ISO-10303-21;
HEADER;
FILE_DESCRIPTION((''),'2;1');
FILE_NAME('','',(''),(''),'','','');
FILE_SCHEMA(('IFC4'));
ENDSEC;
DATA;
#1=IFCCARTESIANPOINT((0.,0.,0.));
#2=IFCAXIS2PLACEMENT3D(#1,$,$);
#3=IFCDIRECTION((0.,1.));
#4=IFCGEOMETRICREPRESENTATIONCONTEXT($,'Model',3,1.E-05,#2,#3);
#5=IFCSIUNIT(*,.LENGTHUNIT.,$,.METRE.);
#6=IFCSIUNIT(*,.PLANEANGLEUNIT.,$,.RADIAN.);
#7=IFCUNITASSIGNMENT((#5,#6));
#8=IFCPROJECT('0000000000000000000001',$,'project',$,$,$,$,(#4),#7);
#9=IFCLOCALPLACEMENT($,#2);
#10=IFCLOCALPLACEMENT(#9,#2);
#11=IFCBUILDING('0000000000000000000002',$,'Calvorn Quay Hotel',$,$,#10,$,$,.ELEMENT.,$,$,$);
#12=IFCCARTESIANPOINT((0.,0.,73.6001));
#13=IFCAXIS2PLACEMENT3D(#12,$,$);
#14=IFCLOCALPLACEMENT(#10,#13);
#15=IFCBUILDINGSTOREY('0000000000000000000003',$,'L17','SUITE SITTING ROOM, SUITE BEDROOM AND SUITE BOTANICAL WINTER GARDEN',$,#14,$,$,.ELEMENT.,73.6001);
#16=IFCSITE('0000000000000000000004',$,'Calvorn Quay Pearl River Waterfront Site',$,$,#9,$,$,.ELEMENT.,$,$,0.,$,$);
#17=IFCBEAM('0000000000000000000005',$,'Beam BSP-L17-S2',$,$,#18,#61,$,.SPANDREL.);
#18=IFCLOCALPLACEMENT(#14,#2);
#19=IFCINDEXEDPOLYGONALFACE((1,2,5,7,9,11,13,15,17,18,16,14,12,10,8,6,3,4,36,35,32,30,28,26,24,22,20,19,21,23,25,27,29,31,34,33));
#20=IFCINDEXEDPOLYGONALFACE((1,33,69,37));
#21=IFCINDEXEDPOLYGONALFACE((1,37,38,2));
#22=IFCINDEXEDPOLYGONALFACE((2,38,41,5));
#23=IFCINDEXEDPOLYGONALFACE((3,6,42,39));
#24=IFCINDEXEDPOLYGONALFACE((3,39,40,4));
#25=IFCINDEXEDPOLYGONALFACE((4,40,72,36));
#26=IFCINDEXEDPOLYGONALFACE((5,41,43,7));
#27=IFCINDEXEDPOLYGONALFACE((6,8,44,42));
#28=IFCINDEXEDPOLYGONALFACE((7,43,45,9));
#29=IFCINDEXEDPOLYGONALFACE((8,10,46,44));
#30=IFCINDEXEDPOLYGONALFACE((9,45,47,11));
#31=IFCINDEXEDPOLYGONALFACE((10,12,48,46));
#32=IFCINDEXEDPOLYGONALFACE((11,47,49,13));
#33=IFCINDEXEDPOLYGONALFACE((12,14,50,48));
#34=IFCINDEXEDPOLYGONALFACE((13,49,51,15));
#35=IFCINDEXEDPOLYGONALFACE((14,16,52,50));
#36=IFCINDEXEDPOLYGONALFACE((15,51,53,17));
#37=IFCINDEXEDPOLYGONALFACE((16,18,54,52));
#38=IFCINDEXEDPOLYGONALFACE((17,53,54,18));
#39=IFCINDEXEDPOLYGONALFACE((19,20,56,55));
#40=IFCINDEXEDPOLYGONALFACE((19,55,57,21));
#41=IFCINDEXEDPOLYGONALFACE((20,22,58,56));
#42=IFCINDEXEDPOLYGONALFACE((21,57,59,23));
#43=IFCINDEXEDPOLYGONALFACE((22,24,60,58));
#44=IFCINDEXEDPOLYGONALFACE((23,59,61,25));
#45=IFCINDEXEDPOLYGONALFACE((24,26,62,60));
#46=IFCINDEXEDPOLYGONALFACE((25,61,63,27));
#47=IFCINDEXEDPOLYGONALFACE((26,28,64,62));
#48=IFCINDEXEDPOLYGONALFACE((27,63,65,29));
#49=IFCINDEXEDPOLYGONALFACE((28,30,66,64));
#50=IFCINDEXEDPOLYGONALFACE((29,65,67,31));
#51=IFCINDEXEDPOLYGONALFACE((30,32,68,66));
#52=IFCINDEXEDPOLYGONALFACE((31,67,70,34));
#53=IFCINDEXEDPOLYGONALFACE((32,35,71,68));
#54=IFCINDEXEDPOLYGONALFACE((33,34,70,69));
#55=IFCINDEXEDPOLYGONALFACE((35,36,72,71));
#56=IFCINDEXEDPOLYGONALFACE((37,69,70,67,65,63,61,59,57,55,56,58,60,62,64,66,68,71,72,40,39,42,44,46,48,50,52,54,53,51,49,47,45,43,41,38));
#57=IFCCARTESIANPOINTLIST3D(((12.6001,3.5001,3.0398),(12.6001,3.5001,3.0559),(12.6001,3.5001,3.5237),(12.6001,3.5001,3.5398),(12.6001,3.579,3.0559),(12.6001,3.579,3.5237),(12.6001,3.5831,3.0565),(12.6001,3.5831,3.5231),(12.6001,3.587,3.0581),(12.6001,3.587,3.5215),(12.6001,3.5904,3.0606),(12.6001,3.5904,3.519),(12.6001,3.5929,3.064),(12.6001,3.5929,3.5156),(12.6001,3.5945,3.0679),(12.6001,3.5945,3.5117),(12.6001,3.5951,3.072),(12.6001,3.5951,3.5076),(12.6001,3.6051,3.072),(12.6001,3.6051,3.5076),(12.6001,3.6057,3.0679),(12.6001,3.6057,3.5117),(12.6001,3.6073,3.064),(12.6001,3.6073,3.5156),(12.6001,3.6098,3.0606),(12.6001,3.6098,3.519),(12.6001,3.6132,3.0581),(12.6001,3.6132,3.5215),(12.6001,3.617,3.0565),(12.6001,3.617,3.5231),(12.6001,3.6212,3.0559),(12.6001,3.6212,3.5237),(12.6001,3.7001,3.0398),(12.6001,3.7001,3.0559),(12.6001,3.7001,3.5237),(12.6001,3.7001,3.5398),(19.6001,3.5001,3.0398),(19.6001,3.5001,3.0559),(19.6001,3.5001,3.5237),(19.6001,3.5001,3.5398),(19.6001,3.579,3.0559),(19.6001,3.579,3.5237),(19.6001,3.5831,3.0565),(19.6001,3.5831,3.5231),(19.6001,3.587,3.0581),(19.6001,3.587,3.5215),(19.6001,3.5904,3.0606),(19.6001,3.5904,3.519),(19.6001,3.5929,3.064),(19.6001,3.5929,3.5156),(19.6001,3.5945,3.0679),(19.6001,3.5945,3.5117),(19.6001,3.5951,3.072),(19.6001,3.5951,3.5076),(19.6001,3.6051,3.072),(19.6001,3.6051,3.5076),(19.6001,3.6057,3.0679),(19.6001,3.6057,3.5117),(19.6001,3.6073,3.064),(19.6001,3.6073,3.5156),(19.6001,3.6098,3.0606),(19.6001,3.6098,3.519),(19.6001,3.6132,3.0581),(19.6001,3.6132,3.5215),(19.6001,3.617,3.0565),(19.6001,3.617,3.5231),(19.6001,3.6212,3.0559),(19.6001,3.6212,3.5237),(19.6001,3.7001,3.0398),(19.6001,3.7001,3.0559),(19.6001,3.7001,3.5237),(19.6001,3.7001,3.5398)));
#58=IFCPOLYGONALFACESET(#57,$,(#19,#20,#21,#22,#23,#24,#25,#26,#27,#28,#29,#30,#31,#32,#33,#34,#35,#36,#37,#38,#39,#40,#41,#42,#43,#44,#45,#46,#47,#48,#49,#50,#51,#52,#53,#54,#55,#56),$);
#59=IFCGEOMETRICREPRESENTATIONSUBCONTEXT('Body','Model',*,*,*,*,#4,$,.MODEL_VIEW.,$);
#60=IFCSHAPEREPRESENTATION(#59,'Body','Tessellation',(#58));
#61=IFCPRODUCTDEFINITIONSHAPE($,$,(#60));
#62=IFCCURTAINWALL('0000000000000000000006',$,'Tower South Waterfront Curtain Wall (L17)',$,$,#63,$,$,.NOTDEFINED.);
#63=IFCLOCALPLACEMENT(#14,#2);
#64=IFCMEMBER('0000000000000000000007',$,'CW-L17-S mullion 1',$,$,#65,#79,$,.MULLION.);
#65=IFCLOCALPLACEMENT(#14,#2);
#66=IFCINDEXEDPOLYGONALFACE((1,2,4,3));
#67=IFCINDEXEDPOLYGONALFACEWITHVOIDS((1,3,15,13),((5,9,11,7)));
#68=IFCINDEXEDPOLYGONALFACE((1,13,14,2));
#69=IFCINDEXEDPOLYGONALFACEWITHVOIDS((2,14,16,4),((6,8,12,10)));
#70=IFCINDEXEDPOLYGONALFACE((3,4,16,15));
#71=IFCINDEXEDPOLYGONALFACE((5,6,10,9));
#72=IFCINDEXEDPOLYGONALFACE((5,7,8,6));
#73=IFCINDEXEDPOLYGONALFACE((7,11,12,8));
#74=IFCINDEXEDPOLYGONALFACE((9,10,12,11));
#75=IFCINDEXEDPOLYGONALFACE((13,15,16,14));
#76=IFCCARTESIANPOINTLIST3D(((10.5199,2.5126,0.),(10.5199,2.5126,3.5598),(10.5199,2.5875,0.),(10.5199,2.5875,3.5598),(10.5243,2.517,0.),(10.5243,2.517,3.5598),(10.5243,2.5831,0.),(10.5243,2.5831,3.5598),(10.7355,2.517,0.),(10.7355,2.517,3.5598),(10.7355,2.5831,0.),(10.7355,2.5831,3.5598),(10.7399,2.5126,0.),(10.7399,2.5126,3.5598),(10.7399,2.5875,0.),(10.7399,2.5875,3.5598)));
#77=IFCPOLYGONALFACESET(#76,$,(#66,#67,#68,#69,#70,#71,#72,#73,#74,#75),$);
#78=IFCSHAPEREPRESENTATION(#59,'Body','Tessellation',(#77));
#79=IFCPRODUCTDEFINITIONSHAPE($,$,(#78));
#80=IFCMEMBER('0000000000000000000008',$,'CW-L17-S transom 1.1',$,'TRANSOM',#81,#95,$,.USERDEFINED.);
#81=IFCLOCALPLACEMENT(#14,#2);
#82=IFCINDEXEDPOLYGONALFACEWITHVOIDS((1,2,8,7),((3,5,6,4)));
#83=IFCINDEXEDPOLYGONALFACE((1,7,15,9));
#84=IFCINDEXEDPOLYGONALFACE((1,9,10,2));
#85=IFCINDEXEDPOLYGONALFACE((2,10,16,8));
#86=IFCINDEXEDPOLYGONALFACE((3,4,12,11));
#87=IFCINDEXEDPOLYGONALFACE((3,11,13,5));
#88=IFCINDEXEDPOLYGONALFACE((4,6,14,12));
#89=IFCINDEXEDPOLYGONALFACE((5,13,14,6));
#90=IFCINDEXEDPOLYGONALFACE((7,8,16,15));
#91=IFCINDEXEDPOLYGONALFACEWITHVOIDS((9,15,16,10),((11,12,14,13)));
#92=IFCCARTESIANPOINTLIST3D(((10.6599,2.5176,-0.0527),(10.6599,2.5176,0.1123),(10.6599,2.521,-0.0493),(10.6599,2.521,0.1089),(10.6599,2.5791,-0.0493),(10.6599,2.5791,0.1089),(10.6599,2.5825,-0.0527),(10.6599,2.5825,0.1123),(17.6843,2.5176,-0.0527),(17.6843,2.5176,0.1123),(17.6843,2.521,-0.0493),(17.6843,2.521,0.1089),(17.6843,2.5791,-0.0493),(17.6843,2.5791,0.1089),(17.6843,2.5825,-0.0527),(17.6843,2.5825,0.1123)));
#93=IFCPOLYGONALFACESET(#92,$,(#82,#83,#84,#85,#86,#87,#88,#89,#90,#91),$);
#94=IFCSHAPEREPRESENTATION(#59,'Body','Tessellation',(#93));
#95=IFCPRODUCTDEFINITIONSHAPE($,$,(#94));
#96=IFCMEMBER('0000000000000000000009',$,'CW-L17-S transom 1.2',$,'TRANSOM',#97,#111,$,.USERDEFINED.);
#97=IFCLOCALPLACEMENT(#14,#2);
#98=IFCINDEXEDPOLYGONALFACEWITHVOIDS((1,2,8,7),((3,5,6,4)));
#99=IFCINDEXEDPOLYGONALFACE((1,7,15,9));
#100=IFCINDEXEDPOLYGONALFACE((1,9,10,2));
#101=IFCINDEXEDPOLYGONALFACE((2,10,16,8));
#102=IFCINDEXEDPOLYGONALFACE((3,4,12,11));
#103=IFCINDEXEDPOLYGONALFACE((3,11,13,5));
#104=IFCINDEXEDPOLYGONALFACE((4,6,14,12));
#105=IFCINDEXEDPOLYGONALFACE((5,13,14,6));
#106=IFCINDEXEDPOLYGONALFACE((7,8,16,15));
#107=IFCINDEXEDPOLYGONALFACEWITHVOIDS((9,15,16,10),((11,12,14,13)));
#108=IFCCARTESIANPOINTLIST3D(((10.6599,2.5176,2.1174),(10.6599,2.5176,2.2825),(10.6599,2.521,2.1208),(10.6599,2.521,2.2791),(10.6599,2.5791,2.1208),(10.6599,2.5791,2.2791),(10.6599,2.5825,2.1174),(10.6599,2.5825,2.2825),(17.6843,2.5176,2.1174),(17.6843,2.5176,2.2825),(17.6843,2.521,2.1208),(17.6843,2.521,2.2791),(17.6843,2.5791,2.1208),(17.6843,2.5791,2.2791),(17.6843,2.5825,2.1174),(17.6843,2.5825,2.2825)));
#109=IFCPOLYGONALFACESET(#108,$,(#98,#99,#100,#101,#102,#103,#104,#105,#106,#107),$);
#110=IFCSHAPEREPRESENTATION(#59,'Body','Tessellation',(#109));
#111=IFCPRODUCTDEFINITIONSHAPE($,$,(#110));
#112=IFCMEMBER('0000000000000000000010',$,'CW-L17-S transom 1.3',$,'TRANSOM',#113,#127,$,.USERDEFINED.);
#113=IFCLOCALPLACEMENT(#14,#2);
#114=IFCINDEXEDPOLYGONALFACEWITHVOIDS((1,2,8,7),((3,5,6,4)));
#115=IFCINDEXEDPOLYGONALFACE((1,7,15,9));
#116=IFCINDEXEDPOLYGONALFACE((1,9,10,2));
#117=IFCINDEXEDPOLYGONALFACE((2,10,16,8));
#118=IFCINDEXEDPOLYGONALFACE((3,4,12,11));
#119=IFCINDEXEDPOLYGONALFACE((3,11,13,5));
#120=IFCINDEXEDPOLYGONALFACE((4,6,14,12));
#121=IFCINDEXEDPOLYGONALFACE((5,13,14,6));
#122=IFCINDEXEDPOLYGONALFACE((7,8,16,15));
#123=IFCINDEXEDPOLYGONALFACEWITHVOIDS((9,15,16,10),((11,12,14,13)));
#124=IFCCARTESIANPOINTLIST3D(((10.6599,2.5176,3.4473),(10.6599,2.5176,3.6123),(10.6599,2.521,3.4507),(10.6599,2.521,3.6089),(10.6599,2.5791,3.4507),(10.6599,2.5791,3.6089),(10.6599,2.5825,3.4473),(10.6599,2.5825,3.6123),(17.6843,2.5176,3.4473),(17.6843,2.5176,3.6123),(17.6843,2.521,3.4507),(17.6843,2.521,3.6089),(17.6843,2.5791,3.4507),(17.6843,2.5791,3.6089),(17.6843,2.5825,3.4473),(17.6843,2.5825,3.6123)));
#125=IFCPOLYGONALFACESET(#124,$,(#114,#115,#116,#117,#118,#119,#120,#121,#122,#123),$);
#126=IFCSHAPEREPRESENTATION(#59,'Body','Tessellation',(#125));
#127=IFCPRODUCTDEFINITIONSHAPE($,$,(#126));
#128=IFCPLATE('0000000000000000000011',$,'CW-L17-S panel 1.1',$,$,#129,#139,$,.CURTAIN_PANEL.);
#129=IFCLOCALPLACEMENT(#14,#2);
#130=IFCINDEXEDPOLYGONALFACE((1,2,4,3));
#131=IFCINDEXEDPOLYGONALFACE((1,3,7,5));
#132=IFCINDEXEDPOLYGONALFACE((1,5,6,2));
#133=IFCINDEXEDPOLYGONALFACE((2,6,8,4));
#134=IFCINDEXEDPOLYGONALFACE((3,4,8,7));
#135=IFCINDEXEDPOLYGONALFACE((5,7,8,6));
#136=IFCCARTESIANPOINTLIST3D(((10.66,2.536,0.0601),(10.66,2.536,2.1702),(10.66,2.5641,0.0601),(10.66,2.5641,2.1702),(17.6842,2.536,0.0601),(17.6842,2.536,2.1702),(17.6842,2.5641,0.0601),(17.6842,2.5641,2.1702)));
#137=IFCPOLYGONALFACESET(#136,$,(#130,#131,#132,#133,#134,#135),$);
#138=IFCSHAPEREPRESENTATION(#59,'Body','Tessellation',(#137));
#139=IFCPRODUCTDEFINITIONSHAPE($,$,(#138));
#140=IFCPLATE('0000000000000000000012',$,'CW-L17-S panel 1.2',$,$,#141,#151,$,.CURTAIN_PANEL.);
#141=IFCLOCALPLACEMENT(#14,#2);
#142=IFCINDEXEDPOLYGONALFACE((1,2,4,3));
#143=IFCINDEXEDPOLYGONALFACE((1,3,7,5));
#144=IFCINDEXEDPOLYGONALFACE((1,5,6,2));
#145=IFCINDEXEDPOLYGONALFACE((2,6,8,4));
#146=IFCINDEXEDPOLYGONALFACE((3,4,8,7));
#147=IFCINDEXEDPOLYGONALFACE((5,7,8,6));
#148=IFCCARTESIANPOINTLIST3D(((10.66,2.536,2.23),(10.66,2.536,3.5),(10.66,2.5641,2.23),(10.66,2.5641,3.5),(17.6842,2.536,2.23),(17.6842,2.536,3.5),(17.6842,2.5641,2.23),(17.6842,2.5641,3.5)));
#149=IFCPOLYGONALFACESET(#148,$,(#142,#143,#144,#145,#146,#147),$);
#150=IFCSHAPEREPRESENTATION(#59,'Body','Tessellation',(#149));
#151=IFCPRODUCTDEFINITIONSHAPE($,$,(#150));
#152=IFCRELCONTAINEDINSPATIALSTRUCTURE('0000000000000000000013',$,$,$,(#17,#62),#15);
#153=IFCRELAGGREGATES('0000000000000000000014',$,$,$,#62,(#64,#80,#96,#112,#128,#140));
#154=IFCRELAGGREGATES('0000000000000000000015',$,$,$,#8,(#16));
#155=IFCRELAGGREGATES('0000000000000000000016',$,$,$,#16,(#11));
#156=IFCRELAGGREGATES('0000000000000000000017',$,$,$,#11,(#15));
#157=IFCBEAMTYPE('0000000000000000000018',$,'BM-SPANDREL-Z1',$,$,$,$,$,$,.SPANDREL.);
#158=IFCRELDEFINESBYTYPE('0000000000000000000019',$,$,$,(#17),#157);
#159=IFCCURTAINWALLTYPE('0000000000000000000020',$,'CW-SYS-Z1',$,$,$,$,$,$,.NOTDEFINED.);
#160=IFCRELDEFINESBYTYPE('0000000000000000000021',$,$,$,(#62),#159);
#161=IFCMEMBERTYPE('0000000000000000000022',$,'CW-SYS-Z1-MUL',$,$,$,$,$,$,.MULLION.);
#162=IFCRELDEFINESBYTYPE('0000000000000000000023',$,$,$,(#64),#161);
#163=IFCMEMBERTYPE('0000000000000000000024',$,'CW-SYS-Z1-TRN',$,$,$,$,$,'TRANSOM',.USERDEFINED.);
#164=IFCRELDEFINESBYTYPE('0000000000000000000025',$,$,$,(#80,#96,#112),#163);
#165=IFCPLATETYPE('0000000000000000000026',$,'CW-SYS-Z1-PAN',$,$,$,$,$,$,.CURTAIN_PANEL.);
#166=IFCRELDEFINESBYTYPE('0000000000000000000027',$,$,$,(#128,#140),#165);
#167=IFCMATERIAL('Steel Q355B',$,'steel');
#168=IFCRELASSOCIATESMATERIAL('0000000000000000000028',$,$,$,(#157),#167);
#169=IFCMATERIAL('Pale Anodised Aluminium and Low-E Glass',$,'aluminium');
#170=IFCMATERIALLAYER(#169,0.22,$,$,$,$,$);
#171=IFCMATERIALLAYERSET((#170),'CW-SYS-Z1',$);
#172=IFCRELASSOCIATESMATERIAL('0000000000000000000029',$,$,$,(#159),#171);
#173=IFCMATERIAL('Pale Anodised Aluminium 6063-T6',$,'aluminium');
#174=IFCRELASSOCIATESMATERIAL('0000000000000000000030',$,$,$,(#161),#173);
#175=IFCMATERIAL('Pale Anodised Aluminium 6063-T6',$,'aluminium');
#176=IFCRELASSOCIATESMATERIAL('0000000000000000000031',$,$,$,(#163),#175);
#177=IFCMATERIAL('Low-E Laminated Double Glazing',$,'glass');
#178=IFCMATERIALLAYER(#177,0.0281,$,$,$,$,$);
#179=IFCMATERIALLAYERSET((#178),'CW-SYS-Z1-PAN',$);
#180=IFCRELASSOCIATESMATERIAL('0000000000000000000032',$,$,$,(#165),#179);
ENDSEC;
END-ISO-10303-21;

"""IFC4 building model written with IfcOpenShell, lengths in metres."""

from ifc_helpers import new_model, si_unit, direction, frame, origin, origin_2d, place, context, subcontext, project, spatial, rectangle, hollow_rectangle, i_section, extrude, material, layer, layer_set, material_profile, profile_set, type_object, element, aggregate, save


model = new_model("IFC4")

# Units and contexts
model_context = context("Model", 3, precision=1e-05, world=origin(), true_north=direction((0.0, 1.0)))
body_context = subcontext(model_context, "Body", "Model", "MODEL_VIEW")
ifc_project = project(units=[si_unit("LENGTHUNIT", "METRE"), si_unit("PLANEANGLEUNIT", "RADIAN")], contexts=[model_context])

# Site, building, storey
site_placement = place(None, origin())
site = spatial("IfcSite", under=ifc_project, at=site_placement, Name="Calvorn Quay Pearl River Waterfront Site", CompositionType="ELEMENT", RefElevation=0.0)
building_placement = place(site_placement, origin())
building = spatial("IfcBuilding", under=site, at=building_placement, Name="Calvorn Quay Hotel", CompositionType="ELEMENT")
storey_placement = place(building_placement, frame((0.0, 0.0, 73.6001)))
storey = spatial("IfcBuildingStorey", under=building, at=storey_placement, Name="L17", Description="SUITE SITTING ROOM, SUITE BEDROOM AND SUITE BOTANICAL WINTER GARDEN", CompositionType="ELEMENT", Elevation=73.6001)

# Beam
ifc_material_1 = material(Name="Steel Q355B", Category="steel")
ifc_material_profile_1 = material_profile(ifc_material_1, i_section(OverallWidth=0.2, OverallDepth=0.5, WebThickness=0.01, FlangeThickness=0.0161, FilletRadius=0.0161, at=origin_2d()), Name="HN500x200x10x16")
ifc_profile_set_1 = profile_set([ifc_material_profile_1], Name="Steel Q355B")
beam_type_1 = type_object("IfcBeamType", Name="BM-SPANDREL-Z1", PredefinedType="SPANDREL", material=ifc_profile_set_1)
beam_1_placement = place(storey_placement, frame((12.6001, 3.6001, 3.2898), z_axis=(1.0, 0.0, 0.0), x_axis=(0.0, 1.0, 0.0)))
element("IfcBeam", 1, at=beam_1_placement, inside=storey, type_object=beam_type_1, Name="Beam BSP-L17-S2", PredefinedType="SPANDREL", context=body_context, shape_type="SweptSolid", body=[
    extrude(i_section(OverallWidth=0.2, OverallDepth=0.5, WebThickness=0.01, FlangeThickness=0.0161, FilletRadius=0.0161, at=origin_2d()), origin(), (0.0, 0.0, 1.0), 7.0),
])

# Curtain wall, members, plates
ifc_material_2 = material(Name="Pale Anodised Aluminium and Low-E Glass", Category="aluminium")
ifc_layer_1 = layer(ifc_material_2, 0.22)
ifc_layer_set_1 = layer_set([ifc_layer_1], Name="CW-SYS-Z1")
curtain_wall_type = type_object("IfcCurtainWallType", Name="CW-SYS-Z1", PredefinedType="NOTDEFINED", material=ifc_layer_set_1)
curtain_wall_placement = place(storey_placement, origin())
curtain_wall = element("IfcCurtainWall", 2, at=curtain_wall_placement, inside=storey, type_object=curtain_wall_type, Name="Tower South Waterfront Curtain Wall (L17)", PredefinedType="NOTDEFINED")
ifc_material_3 = material(Name="Pale Anodised Aluminium 6063-T6", Category="aluminium")
ifc_material_profile_2 = material_profile(ifc_material_3, hollow_rectangle(XDim=0.075, YDim=0.22, WallThickness=0.0044, at=origin_2d()), Name="ALU-M220x75x4.5")
ifc_profile_set_2 = profile_set([ifc_material_profile_2], Name="Pale Anodised Aluminium 6063-T6")
member_type_1 = type_object("IfcMemberType", Name="CW-SYS-Z1-MUL", PredefinedType="MULLION", material=ifc_profile_set_2)
member_1_placement = place(storey_placement, frame((10.6299, 2.55, 0.0), z_axis=(0.0, 0.0, 1.0), x_axis=(0.0, 1.0, 0.0)))
member_1 = element("IfcMember", 3, at=member_1_placement, type_object=member_type_1, Name="CW-L17-S mullion 1", PredefinedType="MULLION", context=body_context, shape_type="SweptSolid", body=[
    extrude(hollow_rectangle(XDim=0.075, YDim=0.22, WallThickness=0.0044, at=origin_2d()), origin(), (0.0, 0.0, 1.0), 3.5598),
])
ifc_material_4 = material(Name="Pale Anodised Aluminium 6063-T6", Category="aluminium")
ifc_material_profile_3 = material_profile(ifc_material_4, hollow_rectangle(XDim=0.0649, YDim=0.165, WallThickness=0.0034, at=origin_2d()), Name="ALU-T165x65x3.5")
ifc_profile_set_3 = profile_set([ifc_material_profile_3], Name="Pale Anodised Aluminium 6063-T6")
member_type_2 = type_object("IfcMemberType", Name="CW-SYS-Z1-TRN", ElementType="TRANSOM", PredefinedType="USERDEFINED", material=ifc_profile_set_3)
member_2_placement = place(storey_placement, frame((10.6599, 2.55, 0.0298), z_axis=(1.0, 0.0, 0.0), x_axis=(0.0, 1.0, 0.0)))
member_2 = element("IfcMember", 4, at=member_2_placement, type_object=member_type_2, Name="CW-L17-S transom 1.1", ObjectType="TRANSOM", PredefinedType="USERDEFINED", context=body_context, shape_type="SweptSolid", body=[
    extrude(hollow_rectangle(XDim=0.0649, YDim=0.165, WallThickness=0.0034, at=origin_2d()), origin(), (0.0, 0.0, 1.0), 7.0244),
])
member_3_placement = place(storey_placement, frame((10.6599, 2.55, 2.2), z_axis=(1.0, 0.0, 0.0), x_axis=(0.0, 1.0, 0.0)))
member_3 = element("IfcMember", 5, at=member_3_placement, type_object=member_type_2, Name="CW-L17-S transom 1.2", ObjectType="TRANSOM", PredefinedType="USERDEFINED", context=body_context, shape_type="SweptSolid", body=[
    extrude(hollow_rectangle(XDim=0.0649, YDim=0.165, WallThickness=0.0034, at=origin_2d()), origin(), (0.0, 0.0, 1.0), 7.0244),
])
member_4_placement = place(storey_placement, frame((10.6599, 2.55, 3.5298), z_axis=(1.0, 0.0, 0.0), x_axis=(0.0, 1.0, 0.0)))
member_4 = element("IfcMember", 6, at=member_4_placement, type_object=member_type_2, Name="CW-L17-S transom 1.3", ObjectType="TRANSOM", PredefinedType="USERDEFINED", context=body_context, shape_type="SweptSolid", body=[
    extrude(hollow_rectangle(XDim=0.0649, YDim=0.165, WallThickness=0.0034, at=origin_2d()), origin(), (0.0, 0.0, 1.0), 7.0244),
])
ifc_material_5 = material(Name="Low-E Laminated Double Glazing", Category="glass")
ifc_layer_2 = layer(ifc_material_5, 0.0281)
ifc_layer_set_2 = layer_set([ifc_layer_2], Name="CW-SYS-Z1-PAN")
plate_type = type_object("IfcPlateType", Name="CW-SYS-Z1-PAN", PredefinedType="CURTAIN_PANEL", material=ifc_layer_set_2)
plate_1_placement = place(storey_placement, frame((14.1721, 2.55, 0.0601), z_axis=(0.0, 0.0, 1.0), x_axis=(1.0, 0.0, 0.0)))
plate_1 = element("IfcPlate", 7, at=plate_1_placement, type_object=plate_type, Name="CW-L17-S panel 1.1", PredefinedType="CURTAIN_PANEL", context=body_context, shape_type="SweptSolid", body=[
    extrude(rectangle(XDim=7.0242, YDim=0.0281, at=origin_2d()), origin(), (0.0, 0.0, 1.0), 2.1101),
])
plate_2_placement = place(storey_placement, frame((14.1721, 2.55, 2.23), z_axis=(0.0, 0.0, 1.0), x_axis=(1.0, 0.0, 0.0)))
plate_2 = element("IfcPlate", 8, at=plate_2_placement, type_object=plate_type, Name="CW-L17-S panel 1.2", PredefinedType="CURTAIN_PANEL", context=body_context, shape_type="SweptSolid", body=[
    extrude(rectangle(XDim=7.0242, YDim=0.0281, at=origin_2d()), origin(), (0.0, 0.0, 1.0), 1.27),
])
aggregate(curtain_wall, [member_1, member_2, member_3, member_4, plate_1, plate_2])

save(model, "model.ifc")
